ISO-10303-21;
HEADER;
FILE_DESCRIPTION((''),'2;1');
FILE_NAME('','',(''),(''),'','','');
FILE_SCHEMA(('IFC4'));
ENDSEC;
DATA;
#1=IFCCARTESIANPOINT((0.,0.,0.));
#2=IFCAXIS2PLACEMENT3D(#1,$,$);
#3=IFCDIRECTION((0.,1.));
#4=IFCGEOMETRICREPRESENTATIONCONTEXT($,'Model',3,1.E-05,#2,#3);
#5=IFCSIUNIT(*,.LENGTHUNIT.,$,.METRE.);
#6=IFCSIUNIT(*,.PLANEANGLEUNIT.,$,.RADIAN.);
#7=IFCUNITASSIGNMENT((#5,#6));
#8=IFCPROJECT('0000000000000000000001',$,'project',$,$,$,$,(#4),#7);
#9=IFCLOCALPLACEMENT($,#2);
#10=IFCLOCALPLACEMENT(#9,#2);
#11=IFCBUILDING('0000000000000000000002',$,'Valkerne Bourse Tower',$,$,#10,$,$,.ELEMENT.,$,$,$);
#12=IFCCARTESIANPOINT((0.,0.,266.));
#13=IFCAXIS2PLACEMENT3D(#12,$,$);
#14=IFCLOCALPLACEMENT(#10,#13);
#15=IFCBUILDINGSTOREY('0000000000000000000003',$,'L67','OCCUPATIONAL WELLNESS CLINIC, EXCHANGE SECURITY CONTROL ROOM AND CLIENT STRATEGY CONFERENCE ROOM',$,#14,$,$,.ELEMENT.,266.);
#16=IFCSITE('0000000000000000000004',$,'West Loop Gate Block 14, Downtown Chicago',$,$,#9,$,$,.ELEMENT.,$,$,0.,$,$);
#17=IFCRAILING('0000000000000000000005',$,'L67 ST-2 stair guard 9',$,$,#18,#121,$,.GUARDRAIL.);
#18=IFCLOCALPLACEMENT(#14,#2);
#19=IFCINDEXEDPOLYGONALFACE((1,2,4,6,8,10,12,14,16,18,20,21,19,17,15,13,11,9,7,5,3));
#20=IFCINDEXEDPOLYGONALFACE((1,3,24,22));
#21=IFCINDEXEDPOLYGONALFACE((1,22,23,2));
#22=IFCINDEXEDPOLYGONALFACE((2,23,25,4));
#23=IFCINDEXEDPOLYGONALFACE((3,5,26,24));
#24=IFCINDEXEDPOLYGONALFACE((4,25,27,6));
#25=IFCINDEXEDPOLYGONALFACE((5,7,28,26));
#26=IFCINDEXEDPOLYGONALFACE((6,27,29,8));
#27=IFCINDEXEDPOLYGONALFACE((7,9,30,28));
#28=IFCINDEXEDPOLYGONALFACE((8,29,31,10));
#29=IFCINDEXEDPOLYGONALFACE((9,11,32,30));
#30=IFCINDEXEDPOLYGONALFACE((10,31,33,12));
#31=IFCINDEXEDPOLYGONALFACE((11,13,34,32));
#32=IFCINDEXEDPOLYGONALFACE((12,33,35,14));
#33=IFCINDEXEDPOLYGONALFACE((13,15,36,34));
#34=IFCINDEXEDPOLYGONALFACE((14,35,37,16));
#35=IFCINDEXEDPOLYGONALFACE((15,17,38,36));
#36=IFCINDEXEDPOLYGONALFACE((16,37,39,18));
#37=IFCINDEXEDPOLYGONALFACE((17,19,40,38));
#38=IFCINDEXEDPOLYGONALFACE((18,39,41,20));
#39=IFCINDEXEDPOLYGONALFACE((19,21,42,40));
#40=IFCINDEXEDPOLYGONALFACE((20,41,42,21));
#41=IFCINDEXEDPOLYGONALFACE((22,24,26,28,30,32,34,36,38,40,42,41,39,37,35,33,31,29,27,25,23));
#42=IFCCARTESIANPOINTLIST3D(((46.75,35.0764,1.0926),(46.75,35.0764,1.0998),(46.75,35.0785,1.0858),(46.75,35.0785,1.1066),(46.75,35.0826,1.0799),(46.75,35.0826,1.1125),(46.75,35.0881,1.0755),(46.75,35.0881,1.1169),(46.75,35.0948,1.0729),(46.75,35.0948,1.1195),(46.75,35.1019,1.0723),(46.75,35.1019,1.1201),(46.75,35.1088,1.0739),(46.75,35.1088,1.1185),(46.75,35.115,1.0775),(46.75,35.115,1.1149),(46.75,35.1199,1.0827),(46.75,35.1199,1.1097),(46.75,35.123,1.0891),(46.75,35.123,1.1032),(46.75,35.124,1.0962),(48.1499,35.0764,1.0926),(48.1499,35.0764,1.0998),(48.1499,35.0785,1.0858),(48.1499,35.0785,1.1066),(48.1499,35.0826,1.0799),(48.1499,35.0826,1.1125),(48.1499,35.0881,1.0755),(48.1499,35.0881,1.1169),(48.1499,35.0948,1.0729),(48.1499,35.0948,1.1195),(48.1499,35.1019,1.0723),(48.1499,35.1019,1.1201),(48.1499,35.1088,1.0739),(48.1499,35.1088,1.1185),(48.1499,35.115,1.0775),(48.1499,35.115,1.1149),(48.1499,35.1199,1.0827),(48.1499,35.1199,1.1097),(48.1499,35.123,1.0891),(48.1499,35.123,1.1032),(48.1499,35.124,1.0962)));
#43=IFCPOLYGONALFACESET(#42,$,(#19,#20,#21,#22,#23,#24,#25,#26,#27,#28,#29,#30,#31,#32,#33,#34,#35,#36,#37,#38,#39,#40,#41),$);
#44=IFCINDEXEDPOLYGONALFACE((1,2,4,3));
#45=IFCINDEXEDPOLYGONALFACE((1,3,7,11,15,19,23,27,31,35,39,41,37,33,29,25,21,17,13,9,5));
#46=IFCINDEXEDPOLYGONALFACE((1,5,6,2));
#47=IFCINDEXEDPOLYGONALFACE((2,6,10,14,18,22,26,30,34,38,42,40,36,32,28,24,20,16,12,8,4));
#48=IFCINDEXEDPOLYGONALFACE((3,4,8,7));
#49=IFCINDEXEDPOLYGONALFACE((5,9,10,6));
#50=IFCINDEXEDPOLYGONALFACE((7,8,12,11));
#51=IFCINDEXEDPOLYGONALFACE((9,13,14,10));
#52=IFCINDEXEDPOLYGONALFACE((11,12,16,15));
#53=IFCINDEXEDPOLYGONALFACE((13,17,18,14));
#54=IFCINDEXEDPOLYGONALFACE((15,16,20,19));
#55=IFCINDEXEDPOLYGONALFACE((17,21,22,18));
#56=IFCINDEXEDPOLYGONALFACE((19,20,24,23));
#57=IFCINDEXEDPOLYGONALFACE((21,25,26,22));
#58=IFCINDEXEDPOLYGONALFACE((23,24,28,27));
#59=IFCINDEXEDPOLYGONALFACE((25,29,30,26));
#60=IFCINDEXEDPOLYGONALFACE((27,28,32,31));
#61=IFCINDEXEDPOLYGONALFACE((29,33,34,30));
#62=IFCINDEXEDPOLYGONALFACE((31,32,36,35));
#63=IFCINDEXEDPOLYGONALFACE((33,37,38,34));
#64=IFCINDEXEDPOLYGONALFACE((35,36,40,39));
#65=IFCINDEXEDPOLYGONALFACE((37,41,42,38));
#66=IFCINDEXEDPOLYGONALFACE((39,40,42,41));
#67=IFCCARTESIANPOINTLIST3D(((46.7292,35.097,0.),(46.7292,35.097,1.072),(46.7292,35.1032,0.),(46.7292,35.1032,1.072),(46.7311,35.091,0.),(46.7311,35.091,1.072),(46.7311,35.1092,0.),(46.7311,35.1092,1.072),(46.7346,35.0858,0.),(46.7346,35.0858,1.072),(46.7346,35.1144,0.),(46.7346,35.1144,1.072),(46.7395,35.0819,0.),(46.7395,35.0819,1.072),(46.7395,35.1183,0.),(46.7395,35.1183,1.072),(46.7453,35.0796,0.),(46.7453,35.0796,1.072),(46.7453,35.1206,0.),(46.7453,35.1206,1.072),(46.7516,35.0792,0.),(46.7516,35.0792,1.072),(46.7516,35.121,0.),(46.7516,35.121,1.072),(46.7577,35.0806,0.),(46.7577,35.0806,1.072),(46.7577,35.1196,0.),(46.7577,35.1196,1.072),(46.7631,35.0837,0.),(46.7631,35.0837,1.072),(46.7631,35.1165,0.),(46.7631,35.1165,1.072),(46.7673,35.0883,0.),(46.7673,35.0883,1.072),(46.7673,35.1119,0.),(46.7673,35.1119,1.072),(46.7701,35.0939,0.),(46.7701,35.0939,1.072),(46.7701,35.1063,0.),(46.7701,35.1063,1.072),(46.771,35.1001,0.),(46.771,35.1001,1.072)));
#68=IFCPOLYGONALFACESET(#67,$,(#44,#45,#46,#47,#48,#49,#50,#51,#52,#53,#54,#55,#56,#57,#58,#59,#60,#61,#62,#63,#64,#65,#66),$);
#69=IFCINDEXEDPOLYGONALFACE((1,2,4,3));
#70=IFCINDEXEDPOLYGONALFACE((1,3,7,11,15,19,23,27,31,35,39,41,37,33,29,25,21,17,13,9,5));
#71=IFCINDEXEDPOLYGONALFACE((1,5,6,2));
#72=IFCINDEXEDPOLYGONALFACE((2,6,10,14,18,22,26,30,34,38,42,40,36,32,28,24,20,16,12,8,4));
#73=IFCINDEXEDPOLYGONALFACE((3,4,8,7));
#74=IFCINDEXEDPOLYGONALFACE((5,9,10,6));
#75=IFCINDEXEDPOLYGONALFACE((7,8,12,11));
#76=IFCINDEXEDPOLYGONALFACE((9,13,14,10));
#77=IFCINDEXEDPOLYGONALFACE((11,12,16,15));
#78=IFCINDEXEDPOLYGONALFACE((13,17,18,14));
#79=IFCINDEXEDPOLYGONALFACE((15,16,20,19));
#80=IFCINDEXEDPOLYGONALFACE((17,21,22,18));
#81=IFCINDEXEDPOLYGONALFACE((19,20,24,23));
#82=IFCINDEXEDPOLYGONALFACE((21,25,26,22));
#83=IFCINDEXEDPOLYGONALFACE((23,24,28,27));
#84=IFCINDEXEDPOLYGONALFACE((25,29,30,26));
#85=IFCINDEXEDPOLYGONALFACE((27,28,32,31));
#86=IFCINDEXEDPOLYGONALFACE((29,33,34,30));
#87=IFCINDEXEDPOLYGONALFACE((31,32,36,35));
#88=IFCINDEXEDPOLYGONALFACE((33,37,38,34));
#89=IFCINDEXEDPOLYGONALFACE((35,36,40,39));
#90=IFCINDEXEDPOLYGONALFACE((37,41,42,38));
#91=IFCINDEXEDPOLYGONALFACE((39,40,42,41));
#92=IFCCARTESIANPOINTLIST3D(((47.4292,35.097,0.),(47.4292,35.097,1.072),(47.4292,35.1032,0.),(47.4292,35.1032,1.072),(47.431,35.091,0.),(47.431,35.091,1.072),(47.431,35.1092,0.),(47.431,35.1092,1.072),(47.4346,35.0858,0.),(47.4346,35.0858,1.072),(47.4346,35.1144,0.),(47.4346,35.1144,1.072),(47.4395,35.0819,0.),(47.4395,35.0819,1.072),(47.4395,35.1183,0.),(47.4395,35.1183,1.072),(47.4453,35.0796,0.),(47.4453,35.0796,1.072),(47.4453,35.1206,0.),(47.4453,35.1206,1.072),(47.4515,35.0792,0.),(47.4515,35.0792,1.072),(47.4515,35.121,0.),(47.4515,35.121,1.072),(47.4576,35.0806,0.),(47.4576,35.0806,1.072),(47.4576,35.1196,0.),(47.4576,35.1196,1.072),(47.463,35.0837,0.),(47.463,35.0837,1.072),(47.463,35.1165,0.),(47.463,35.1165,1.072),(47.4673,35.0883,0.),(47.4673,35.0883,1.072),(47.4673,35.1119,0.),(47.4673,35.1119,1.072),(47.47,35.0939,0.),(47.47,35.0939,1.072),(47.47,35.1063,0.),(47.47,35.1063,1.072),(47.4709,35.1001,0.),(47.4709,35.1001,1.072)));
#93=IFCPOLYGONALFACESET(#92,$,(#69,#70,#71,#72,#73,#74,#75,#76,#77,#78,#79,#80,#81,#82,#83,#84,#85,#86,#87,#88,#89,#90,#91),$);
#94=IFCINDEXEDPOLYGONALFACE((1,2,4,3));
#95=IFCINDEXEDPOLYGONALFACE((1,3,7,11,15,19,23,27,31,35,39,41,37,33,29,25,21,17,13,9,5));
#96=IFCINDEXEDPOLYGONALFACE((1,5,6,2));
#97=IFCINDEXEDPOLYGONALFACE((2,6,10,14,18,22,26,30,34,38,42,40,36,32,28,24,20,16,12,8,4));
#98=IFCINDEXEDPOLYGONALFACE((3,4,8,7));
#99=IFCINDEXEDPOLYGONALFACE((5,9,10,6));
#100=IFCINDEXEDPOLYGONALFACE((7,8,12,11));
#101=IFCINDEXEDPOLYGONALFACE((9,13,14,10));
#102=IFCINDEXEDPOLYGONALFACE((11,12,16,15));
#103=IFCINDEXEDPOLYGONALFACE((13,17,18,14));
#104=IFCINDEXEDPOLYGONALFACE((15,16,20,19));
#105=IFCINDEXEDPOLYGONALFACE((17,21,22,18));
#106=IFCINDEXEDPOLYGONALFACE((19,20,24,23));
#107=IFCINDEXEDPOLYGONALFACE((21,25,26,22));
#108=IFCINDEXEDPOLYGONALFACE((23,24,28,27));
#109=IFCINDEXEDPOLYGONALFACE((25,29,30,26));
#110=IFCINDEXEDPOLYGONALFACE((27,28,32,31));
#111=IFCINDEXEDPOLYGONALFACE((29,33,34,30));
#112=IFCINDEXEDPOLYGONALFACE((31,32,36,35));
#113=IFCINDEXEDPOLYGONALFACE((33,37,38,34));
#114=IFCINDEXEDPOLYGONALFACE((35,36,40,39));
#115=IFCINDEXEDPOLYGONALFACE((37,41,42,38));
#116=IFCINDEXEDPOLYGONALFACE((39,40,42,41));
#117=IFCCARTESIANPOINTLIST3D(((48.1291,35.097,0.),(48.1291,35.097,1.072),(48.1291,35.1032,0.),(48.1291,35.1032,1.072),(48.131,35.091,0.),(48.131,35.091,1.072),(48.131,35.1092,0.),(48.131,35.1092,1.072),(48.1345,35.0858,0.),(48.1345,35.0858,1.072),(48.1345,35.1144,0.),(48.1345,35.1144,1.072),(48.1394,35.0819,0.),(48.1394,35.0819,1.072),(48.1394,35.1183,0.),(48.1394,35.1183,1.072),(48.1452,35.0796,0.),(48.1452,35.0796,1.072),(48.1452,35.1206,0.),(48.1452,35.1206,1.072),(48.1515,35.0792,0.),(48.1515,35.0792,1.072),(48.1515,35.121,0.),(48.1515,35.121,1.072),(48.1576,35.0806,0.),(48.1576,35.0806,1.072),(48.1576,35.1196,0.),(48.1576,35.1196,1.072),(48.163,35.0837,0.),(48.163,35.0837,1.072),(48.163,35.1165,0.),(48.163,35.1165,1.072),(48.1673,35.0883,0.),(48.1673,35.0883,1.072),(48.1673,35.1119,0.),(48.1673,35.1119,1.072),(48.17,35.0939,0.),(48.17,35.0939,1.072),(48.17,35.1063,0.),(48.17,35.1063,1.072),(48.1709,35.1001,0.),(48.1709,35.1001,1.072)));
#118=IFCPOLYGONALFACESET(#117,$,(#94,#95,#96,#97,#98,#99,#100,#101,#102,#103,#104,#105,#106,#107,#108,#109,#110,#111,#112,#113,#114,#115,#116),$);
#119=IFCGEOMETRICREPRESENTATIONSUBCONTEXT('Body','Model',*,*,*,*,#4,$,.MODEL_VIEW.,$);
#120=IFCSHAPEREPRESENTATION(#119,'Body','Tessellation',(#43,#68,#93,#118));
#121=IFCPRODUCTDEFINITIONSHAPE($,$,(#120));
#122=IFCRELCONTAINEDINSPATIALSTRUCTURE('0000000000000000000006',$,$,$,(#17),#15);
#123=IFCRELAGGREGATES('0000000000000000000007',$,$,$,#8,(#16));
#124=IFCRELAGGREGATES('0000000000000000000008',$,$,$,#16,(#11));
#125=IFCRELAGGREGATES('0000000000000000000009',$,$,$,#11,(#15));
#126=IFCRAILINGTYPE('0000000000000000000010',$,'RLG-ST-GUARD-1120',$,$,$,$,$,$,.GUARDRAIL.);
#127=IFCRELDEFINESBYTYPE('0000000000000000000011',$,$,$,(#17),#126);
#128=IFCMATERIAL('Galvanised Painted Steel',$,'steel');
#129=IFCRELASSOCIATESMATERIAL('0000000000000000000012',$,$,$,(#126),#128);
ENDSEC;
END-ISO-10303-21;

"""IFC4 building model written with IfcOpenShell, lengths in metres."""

from ifc_helpers import new_model, si_unit, direction, frame, origin, origin_2d, place, context, subcontext, project, spatial, circle, extrude, material, type_object, element, save


model = new_model("IFC4")

# Units and contexts
model_context = context("Model", 3, precision=1e-05, world=origin(), true_north=direction((0.0, 1.0)))
body_context = subcontext(model_context, "Body", "Model", "MODEL_VIEW")
ifc_project = project(units=[si_unit("LENGTHUNIT", "METRE"), si_unit("PLANEANGLEUNIT", "RADIAN")], contexts=[model_context])

# Site, building, storey
site_placement = place(None, origin())
site = spatial("IfcSite", under=ifc_project, at=site_placement, Name="West Loop Gate Block 14, Downtown Chicago", CompositionType="ELEMENT", RefElevation=0.0)
building_placement = place(site_placement, origin())
building = spatial("IfcBuilding", under=site, at=building_placement, Name="Valkerne Bourse Tower", CompositionType="ELEMENT")
storey_placement = place(building_placement, frame((0.0, 0.0, 266.0)))
storey = spatial("IfcBuildingStorey", under=building, at=storey_placement, Name="L67", Description="OCCUPATIONAL WELLNESS CLINIC, EXCHANGE SECURITY CONTROL ROOM AND CLIENT STRATEGY CONFERENCE ROOM", CompositionType="ELEMENT", Elevation=266.0)

# Shared definitions
ifc_material_1 = material(Name="Galvanised Painted Steel", Category="steel")

# Railing
railing_type_1 = type_object("IfcRailingType", Name="RLG-ST-GUARD-1120", PredefinedType="GUARDRAIL", material=ifc_material_1)
for number, where, name in (
    (1, (46.75, 35.1001, 0.0), "L67 ST-2 stair guard 9"),
):
    element("IfcRailing", number, at=place(storey_placement, frame(where)), inside=storey, type_object=railing_type_1, Name=name, PredefinedType="GUARDRAIL", context=body_context, shape_type="SweptSolid", body=[
        extrude(circle(Radius=0.0239, at=origin_2d()), frame((0.0, 0.0, 1.0962), z_axis=(1.0, 0.0, 0.0), x_axis=(0.0, 1.0, 0.0)), (0.0, 0.0, 1.0), 1.3999),
        extrude(circle(Radius=0.021, at=origin_2d()), origin(), (0.0, 0.0, 1.0), 1.072),
        extrude(circle(Radius=0.021, at=origin_2d()), frame((0.7, 0.0, 0.0)), (0.0, 0.0, 1.0), 1.072),
        extrude(circle(Radius=0.021, at=origin_2d()), frame((1.3999, 0.0, 0.0)), (0.0, 0.0, 1.0), 1.072),
    ])

save(model, "model.ifc")
